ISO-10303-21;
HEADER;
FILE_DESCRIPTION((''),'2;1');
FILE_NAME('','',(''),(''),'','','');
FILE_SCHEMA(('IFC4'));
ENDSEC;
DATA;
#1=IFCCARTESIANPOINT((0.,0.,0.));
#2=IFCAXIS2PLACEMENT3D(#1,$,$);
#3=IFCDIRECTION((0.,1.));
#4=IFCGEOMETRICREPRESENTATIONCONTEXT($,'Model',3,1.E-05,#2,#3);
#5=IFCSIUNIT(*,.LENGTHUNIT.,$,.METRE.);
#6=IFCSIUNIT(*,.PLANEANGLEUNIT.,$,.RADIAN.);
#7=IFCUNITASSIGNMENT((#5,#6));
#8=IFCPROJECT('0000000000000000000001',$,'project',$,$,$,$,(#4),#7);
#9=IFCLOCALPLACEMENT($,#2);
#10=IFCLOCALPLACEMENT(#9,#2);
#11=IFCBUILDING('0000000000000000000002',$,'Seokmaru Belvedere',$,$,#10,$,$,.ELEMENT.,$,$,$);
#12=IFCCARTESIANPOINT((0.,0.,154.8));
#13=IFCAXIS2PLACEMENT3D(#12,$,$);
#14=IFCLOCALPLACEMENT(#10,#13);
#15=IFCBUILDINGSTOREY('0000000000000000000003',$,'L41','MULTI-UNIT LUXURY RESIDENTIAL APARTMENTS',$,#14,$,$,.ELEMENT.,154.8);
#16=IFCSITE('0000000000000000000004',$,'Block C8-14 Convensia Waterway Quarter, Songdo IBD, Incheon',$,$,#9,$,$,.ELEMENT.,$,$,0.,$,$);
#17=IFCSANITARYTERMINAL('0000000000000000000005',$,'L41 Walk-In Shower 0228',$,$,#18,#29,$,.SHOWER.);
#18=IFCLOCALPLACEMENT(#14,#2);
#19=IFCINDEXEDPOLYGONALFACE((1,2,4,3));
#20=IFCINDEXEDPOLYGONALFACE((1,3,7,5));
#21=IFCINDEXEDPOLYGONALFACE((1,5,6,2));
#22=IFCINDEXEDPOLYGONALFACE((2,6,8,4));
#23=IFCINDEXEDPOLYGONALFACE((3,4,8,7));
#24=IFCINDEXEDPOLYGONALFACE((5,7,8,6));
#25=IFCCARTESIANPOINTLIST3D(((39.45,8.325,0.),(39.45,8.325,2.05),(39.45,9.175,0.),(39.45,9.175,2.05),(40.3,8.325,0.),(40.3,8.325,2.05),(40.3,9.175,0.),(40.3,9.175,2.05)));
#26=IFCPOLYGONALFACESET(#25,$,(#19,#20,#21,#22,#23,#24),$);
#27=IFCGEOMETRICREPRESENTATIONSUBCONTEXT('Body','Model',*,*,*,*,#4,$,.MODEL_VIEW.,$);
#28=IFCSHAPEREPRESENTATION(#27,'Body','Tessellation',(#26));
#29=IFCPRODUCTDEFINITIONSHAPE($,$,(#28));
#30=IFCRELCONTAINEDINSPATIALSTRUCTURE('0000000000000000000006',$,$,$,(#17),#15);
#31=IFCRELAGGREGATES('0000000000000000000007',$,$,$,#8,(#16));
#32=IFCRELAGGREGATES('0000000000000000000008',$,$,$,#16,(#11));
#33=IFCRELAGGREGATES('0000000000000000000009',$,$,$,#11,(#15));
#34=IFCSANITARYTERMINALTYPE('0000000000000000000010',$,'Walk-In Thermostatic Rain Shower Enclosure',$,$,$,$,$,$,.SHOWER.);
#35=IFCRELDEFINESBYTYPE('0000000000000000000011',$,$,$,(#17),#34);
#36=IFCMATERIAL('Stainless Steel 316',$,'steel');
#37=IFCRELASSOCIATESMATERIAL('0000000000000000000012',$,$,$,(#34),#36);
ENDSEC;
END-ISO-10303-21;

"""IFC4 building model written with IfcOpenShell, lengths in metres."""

from ifc_helpers import new_model, si_unit, direction, frame, origin, origin_2d, place, context, subcontext, project, spatial, rectangle, extrude, source, transform, mapped, material, type_object, type_shapes, element, save


model = new_model("IFC4")

# Units and contexts
model_context = context("Model", 3, precision=1e-05, world=origin(), true_north=direction((0.0, 1.0)))
body_context = subcontext(model_context, "Body", "Model", "MODEL_VIEW")
ifc_project = project(units=[si_unit("LENGTHUNIT", "METRE"), si_unit("PLANEANGLEUNIT", "RADIAN")], contexts=[model_context])

# Site, building, storey
site_placement = place(None, origin())
site = spatial("IfcSite", under=ifc_project, at=site_placement, Name="Block C8-14 Convensia Waterway Quarter, Songdo IBD, Incheon", CompositionType="ELEMENT", RefElevation=0.0)
building_placement = place(site_placement, origin())
building = spatial("IfcBuilding", under=site, at=building_placement, Name="Seokmaru Belvedere", CompositionType="ELEMENT")
storey_placement = place(building_placement, frame((0.0, 0.0, 154.8)))
storey = spatial("IfcBuildingStorey", under=building, at=storey_placement, Name="L41", Description="MULTI-UNIT LUXURY RESIDENTIAL APARTMENTS", CompositionType="ELEMENT", Elevation=154.8)

# Sanitary terminal
ifc_material_1 = material(Name="Stainless Steel 316", Category="steel")
sanitary_terminal_type_1 = type_object("IfcSanitaryTerminalType", Name="Walk-In Thermostatic Rain Shower Enclosure", PredefinedType="SHOWER", material=ifc_material_1)
shared_shape_1 = source(origin(), body_context, "Body", "SweptSolid", [
    extrude(rectangle(XDim=0.8501, YDim=0.8501, at=origin_2d()), origin(), (0.0, 0.0, 1.0), 2.05),
])
type_shapes(sanitary_terminal_type_1, [shared_shape_1])
sanitary_terminal_1_placement = place(storey_placement, frame((39.875, 8.75, 0.0), z_axis=(0.0, 0.0, 1.0), x_axis=(1.0, 0.0, 0.0)))
element("IfcSanitaryTerminal", 1, at=sanitary_terminal_1_placement, inside=storey, type_object=sanitary_terminal_type_1, Name="L41 Walk-In Shower 0228", PredefinedType="SHOWER", context=body_context, shape_type="MappedRepresentation", body=[
    mapped(shared_shape_1, transform((0.0, 0.0, 0.0), scale=1.0)),
])

save(model, "model.ifc")
